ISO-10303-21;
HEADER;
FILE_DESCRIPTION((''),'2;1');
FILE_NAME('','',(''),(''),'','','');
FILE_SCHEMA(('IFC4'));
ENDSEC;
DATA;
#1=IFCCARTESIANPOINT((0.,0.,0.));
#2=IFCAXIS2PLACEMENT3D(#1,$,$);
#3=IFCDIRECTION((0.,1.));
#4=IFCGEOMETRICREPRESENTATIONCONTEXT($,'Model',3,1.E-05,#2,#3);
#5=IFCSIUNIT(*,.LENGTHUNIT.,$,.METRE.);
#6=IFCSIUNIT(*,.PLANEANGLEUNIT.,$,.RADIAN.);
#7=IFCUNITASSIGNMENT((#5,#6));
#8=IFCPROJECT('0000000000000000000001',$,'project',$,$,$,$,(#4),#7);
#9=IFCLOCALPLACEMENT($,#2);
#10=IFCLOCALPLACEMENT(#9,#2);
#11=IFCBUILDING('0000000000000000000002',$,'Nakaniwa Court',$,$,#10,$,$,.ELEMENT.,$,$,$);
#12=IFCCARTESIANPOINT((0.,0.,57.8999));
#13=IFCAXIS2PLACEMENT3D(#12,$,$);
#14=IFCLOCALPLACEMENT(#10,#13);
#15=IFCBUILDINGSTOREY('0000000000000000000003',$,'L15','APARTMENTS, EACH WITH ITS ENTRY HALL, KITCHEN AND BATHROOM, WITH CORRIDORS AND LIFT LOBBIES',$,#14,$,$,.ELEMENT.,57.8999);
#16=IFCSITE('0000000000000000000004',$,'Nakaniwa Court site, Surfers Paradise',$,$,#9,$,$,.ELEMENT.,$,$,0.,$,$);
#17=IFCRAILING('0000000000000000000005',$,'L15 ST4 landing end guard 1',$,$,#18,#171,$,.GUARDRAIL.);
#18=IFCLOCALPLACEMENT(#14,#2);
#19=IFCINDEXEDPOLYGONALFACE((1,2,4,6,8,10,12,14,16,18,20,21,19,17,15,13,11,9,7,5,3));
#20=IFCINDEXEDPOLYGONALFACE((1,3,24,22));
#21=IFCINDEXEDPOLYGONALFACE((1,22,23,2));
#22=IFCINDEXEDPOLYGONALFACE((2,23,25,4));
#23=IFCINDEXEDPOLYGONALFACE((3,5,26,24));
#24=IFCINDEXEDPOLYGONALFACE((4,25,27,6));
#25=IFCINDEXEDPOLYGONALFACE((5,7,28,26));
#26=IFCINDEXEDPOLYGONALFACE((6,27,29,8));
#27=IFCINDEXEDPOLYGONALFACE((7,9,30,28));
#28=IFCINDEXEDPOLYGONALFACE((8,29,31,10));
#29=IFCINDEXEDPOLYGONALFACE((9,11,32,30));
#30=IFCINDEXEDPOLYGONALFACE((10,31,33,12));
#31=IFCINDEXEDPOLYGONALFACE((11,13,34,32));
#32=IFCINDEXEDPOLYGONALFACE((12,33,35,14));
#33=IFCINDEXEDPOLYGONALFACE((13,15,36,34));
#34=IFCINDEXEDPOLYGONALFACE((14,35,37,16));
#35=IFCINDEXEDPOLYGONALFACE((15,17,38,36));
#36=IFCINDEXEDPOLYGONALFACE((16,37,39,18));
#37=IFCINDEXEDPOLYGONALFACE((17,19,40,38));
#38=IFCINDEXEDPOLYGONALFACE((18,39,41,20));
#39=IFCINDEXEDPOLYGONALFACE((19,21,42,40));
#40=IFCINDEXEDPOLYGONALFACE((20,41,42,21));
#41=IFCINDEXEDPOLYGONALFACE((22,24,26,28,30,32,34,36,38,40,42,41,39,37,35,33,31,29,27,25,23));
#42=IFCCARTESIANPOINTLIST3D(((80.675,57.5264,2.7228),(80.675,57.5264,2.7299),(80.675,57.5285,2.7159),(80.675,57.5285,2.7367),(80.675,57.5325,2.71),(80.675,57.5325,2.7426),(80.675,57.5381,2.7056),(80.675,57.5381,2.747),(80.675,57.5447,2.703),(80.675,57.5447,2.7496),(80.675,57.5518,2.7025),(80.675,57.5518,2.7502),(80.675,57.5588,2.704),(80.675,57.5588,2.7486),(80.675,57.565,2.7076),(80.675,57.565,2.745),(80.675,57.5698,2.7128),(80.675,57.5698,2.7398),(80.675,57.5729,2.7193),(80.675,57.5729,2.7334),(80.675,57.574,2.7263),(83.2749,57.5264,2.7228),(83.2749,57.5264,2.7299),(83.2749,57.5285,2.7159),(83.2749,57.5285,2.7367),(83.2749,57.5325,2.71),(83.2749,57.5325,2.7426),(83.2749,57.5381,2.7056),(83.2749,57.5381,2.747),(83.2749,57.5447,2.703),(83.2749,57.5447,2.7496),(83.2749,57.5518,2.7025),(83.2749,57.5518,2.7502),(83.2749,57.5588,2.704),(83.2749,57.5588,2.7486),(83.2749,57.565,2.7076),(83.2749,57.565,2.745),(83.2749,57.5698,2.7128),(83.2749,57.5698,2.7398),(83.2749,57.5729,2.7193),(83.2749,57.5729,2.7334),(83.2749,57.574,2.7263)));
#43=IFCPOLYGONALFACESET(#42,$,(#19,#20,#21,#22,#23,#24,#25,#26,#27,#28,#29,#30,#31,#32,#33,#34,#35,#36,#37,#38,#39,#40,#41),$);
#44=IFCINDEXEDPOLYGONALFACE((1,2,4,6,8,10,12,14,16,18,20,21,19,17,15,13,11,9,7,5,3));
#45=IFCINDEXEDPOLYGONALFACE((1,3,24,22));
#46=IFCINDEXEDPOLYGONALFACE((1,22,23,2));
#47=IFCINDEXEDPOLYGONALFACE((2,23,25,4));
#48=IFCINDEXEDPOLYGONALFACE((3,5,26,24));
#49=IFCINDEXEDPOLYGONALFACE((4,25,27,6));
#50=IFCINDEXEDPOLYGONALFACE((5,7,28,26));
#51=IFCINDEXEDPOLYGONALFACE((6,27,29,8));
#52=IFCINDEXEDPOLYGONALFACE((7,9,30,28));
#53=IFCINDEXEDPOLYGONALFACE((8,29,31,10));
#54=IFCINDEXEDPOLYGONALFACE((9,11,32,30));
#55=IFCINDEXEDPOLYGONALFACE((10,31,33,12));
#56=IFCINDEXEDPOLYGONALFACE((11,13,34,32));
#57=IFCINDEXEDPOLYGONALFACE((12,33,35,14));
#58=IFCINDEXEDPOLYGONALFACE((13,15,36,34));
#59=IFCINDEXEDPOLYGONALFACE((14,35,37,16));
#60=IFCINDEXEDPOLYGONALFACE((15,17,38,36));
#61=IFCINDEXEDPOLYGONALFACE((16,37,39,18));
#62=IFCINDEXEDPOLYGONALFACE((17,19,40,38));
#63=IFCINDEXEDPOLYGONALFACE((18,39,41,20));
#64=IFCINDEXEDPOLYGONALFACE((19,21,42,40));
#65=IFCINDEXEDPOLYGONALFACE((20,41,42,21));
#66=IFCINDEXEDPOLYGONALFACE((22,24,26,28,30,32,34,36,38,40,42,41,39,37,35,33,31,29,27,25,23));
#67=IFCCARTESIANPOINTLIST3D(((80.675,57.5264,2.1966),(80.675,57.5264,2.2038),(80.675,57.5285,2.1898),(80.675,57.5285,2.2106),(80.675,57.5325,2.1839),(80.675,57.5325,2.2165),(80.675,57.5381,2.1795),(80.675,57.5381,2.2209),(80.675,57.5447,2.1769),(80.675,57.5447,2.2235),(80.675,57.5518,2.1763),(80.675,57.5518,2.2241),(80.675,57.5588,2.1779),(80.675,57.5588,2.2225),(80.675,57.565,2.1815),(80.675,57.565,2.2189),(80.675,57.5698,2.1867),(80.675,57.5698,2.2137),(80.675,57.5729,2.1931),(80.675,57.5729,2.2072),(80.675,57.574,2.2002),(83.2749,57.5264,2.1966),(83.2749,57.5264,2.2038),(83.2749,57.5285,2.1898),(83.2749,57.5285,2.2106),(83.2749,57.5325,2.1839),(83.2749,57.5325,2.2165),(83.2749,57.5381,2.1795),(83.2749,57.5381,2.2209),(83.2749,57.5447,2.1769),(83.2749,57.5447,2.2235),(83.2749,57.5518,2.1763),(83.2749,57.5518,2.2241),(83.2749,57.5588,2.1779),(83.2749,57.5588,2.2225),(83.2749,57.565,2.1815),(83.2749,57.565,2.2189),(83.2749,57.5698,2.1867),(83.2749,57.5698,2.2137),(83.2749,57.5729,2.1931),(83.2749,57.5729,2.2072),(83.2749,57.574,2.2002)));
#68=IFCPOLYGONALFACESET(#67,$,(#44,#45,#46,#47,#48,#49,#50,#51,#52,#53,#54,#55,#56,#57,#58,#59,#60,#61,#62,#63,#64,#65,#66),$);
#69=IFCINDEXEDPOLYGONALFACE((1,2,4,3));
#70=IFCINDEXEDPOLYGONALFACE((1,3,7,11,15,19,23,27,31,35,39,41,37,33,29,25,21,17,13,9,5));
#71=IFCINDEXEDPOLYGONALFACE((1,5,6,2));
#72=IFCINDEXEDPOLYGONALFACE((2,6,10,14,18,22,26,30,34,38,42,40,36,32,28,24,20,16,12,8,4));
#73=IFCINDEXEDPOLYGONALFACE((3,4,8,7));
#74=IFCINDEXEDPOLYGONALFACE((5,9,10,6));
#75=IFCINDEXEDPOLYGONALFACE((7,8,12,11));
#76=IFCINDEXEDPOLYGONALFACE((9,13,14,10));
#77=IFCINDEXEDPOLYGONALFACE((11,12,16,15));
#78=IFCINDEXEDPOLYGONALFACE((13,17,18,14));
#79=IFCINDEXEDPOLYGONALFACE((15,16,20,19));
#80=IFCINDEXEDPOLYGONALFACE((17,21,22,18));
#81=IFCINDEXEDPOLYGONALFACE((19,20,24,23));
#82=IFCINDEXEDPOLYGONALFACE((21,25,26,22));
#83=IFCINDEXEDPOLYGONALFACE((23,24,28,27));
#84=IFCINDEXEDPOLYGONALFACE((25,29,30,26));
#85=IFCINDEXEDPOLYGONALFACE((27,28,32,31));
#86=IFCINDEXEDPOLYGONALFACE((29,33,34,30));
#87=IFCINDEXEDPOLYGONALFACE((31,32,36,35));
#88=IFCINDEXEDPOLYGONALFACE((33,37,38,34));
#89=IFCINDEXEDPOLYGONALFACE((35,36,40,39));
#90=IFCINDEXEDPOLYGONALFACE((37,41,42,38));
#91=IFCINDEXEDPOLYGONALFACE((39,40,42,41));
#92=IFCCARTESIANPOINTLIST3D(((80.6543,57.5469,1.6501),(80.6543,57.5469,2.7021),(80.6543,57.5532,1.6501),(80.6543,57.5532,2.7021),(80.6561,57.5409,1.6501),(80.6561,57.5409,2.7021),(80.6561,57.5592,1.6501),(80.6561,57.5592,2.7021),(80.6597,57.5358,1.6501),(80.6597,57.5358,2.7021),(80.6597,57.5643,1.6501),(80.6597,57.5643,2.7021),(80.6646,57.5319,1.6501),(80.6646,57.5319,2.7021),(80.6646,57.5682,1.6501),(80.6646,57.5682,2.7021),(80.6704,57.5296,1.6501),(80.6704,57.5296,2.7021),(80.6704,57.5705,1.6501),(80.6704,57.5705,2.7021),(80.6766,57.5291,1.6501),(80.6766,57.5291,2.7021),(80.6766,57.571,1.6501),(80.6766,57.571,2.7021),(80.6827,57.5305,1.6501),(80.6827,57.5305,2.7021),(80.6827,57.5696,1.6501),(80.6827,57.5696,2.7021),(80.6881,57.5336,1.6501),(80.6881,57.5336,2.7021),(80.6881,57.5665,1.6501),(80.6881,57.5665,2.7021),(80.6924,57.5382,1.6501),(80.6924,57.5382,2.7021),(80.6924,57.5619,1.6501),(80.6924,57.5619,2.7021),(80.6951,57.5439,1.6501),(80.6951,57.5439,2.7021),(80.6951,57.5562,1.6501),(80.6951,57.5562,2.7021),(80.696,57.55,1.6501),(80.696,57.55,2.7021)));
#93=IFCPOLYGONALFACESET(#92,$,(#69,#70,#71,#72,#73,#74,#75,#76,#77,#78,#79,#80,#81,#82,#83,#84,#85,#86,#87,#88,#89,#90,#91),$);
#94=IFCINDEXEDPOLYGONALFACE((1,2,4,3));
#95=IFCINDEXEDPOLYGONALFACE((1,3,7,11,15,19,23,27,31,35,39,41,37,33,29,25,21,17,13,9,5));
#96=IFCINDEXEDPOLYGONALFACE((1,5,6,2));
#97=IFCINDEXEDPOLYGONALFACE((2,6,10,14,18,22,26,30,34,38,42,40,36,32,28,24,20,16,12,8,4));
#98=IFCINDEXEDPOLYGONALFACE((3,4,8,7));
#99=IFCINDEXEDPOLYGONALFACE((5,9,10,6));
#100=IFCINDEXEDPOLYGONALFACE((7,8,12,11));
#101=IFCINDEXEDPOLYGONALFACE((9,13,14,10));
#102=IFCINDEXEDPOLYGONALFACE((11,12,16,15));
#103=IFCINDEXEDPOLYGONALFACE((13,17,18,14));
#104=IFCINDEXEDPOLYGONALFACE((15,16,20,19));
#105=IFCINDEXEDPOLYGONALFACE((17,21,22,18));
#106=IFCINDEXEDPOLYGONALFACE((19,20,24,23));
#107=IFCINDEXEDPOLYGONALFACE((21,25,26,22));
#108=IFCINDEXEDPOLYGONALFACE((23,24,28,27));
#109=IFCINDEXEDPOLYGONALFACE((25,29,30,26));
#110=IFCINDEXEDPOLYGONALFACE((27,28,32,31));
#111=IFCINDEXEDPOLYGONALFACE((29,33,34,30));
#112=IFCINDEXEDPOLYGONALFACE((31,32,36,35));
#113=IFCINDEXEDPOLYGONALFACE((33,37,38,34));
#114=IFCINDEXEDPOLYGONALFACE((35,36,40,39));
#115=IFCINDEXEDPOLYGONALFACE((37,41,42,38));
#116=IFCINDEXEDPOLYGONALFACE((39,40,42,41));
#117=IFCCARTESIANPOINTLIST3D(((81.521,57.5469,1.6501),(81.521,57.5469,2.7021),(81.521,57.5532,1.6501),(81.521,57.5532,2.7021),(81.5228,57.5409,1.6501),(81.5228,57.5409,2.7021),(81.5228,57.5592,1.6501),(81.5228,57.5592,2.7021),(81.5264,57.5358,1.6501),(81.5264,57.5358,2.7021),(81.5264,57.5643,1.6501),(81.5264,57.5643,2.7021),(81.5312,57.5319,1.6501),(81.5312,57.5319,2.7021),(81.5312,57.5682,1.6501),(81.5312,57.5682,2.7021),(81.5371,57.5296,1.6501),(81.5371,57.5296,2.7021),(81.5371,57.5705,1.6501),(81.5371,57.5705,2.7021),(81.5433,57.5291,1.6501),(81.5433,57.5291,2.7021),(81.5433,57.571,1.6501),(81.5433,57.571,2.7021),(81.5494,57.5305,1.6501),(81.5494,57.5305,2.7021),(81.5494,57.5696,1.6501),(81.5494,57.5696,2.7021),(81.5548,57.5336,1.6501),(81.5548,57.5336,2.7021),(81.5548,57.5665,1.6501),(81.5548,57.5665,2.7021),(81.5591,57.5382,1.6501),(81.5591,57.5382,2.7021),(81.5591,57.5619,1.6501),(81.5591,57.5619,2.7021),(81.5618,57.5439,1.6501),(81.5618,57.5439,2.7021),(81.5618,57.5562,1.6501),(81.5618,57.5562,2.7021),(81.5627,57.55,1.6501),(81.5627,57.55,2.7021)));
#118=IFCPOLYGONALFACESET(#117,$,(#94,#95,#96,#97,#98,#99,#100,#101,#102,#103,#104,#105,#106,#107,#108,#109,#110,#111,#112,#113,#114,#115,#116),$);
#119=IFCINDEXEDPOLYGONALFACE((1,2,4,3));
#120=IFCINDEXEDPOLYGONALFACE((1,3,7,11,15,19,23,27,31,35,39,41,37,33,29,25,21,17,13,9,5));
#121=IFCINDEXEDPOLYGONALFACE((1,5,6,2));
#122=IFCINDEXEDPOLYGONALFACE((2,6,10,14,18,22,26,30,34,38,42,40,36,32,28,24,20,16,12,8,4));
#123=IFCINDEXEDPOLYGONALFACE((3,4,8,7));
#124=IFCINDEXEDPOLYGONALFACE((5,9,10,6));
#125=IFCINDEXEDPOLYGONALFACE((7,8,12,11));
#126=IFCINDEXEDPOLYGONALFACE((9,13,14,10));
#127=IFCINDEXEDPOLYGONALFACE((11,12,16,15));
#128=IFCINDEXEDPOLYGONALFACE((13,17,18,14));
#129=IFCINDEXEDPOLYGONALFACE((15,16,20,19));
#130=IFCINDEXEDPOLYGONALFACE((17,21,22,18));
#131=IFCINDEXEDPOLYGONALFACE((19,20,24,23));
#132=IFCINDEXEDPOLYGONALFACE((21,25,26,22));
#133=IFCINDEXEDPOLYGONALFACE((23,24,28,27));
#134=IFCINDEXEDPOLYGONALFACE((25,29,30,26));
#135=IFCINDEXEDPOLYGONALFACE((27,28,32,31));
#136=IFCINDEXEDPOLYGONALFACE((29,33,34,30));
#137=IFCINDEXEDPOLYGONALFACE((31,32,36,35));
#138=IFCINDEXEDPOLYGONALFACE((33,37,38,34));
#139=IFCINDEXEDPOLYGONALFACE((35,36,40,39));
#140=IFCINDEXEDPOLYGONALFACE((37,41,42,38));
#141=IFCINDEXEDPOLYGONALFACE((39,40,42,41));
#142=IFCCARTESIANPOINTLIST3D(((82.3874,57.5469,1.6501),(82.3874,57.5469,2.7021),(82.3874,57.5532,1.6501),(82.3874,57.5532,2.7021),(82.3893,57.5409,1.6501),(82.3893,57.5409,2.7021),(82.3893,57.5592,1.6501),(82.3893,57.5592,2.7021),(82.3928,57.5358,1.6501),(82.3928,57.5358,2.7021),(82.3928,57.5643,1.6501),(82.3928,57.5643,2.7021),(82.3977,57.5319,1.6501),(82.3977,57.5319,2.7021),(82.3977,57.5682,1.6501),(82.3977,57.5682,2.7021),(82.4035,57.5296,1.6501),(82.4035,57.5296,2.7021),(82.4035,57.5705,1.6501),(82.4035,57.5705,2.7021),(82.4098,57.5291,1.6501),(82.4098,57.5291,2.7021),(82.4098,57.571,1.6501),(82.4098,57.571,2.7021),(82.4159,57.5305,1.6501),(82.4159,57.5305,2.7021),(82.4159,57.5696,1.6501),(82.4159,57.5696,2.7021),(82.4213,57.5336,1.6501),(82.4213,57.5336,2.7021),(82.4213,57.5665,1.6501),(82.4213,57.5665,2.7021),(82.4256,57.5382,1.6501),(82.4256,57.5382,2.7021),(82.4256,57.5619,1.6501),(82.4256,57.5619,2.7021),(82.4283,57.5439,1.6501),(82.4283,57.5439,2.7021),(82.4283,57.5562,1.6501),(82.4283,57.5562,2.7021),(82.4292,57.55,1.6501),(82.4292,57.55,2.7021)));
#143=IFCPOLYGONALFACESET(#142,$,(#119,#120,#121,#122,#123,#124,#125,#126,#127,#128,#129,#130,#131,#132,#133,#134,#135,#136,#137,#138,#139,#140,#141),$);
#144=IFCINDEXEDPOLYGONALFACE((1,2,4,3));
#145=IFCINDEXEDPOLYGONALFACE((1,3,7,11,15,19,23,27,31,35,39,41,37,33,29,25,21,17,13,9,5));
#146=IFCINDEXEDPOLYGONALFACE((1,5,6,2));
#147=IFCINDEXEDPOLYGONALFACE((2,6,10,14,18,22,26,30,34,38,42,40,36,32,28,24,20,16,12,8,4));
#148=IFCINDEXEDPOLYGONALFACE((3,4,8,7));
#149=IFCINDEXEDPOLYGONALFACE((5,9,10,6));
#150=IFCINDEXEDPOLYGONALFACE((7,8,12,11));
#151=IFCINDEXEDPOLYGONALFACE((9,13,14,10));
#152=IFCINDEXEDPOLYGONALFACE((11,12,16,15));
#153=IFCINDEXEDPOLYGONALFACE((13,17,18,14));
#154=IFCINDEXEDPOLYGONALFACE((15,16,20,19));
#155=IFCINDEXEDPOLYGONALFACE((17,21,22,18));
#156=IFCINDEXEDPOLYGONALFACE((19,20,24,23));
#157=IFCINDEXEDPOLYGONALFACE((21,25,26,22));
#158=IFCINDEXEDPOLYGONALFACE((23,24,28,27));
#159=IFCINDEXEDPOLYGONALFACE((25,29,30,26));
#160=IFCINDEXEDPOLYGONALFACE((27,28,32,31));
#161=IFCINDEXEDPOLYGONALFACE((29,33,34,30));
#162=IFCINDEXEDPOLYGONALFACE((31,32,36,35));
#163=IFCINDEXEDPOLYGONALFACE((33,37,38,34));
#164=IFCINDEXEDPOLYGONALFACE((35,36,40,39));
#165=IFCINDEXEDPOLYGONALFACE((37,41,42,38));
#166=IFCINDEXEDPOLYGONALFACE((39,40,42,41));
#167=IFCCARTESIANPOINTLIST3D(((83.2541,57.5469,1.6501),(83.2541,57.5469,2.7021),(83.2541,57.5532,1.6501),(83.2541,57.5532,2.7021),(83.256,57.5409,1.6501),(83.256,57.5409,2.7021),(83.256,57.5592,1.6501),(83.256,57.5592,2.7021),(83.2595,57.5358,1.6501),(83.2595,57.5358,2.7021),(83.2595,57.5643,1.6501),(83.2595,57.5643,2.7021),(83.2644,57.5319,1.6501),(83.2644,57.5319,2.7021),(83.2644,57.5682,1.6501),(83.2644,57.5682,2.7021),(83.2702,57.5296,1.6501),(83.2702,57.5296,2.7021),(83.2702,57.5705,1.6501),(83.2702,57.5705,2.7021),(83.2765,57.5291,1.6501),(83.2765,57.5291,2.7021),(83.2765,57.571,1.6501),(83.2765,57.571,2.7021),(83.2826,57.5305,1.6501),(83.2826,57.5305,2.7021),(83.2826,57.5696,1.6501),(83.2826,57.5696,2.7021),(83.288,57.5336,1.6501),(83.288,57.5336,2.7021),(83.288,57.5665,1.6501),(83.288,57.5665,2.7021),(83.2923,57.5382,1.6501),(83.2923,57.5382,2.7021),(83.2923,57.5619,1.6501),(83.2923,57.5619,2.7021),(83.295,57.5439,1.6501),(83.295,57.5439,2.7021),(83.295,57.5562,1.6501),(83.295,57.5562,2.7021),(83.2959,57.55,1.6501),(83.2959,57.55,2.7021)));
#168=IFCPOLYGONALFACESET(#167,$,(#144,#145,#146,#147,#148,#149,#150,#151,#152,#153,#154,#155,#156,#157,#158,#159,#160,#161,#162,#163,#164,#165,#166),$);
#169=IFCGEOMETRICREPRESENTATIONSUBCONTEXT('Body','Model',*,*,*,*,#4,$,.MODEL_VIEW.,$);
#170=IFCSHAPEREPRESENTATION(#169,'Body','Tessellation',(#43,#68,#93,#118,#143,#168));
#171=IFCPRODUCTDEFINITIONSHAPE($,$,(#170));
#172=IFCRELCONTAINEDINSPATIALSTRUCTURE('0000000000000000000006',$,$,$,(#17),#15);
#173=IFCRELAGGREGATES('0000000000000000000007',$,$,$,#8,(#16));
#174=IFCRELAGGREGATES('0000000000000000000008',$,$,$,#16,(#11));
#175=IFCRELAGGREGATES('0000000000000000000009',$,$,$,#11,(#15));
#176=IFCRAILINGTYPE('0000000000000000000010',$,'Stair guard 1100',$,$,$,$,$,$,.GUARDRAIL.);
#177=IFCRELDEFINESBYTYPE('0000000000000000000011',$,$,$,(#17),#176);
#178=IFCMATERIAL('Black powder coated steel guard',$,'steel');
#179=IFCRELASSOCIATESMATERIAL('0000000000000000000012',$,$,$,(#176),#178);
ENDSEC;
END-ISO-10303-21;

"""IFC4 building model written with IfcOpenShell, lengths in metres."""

from ifc_helpers import new_model, si_unit, direction, frame, origin, origin_2d, place, context, subcontext, project, spatial, circle, extrude, material, type_object, element, save


model = new_model("IFC4")

# Units and contexts
model_context = context("Model", 3, precision=1e-05, world=origin(), true_north=direction((0.0, 1.0)))
body_context = subcontext(model_context, "Body", "Model", "MODEL_VIEW")
ifc_project = project(units=[si_unit("LENGTHUNIT", "METRE"), si_unit("PLANEANGLEUNIT", "RADIAN")], contexts=[model_context])

# Site, building, storey
site_placement = place(None, origin())
site = spatial("IfcSite", under=ifc_project, at=site_placement, Name="Nakaniwa Court site, Surfers Paradise", CompositionType="ELEMENT", RefElevation=0.0)
building_placement = place(site_placement, origin())
building = spatial("IfcBuilding", under=site, at=building_placement, Name="Nakaniwa Court", CompositionType="ELEMENT")
storey_placement = place(building_placement, frame((0.0, 0.0, 57.8999)))
storey = spatial("IfcBuildingStorey", under=building, at=storey_placement, Name="L15", Description="APARTMENTS, EACH WITH ITS ENTRY HALL, KITCHEN AND BATHROOM, WITH CORRIDORS AND LIFT LOBBIES", CompositionType="ELEMENT", Elevation=57.8999)

# Railing
ifc_material_1 = material(Name="Black powder coated steel guard", Category="steel")
railing_type_1 = type_object("IfcRailingType", Name="Stair guard 1100", PredefinedType="GUARDRAIL", material=ifc_material_1)
railing_1_placement = place(storey_placement, frame((80.675, 57.55, 1.6501)))
element("IfcRailing", 1, at=railing_1_placement, inside=storey, type_object=railing_type_1, Name="L15 ST4 landing end guard 1", PredefinedType="GUARDRAIL", context=body_context, shape_type="SweptSolid", body=[
    extrude(circle(Radius=0.0239, at=origin_2d()), frame((0.0, 0.0, 1.0762), z_axis=(1.0, 0.0, 0.0), x_axis=(0.0, 1.0, 0.0)), (0.0, 0.0, 1.0), 2.5999),
    extrude(circle(Radius=0.0239, at=origin_2d()), frame((0.0, 0.0, 0.55), z_axis=(1.0, 0.0, 0.0), x_axis=(0.0, 1.0, 0.0)), (0.0, 0.0, 1.0), 2.5999),
    extrude(circle(Radius=0.021, at=origin_2d()), origin(), (0.0, 0.0, 1.0), 1.052),
    extrude(circle(Radius=0.021, at=origin_2d()), frame((0.8667, 0.0, 0.0)), (0.0, 0.0, 1.0), 1.052),
    extrude(circle(Radius=0.021, at=origin_2d()), frame((1.7332, 0.0, 0.0)), (0.0, 0.0, 1.0), 1.052),
    extrude(circle(Radius=0.021, at=origin_2d()), frame((2.5999, 0.0, 0.0)), (0.0, 0.0, 1.0), 1.052),
])

save(model, "model.ifc")
